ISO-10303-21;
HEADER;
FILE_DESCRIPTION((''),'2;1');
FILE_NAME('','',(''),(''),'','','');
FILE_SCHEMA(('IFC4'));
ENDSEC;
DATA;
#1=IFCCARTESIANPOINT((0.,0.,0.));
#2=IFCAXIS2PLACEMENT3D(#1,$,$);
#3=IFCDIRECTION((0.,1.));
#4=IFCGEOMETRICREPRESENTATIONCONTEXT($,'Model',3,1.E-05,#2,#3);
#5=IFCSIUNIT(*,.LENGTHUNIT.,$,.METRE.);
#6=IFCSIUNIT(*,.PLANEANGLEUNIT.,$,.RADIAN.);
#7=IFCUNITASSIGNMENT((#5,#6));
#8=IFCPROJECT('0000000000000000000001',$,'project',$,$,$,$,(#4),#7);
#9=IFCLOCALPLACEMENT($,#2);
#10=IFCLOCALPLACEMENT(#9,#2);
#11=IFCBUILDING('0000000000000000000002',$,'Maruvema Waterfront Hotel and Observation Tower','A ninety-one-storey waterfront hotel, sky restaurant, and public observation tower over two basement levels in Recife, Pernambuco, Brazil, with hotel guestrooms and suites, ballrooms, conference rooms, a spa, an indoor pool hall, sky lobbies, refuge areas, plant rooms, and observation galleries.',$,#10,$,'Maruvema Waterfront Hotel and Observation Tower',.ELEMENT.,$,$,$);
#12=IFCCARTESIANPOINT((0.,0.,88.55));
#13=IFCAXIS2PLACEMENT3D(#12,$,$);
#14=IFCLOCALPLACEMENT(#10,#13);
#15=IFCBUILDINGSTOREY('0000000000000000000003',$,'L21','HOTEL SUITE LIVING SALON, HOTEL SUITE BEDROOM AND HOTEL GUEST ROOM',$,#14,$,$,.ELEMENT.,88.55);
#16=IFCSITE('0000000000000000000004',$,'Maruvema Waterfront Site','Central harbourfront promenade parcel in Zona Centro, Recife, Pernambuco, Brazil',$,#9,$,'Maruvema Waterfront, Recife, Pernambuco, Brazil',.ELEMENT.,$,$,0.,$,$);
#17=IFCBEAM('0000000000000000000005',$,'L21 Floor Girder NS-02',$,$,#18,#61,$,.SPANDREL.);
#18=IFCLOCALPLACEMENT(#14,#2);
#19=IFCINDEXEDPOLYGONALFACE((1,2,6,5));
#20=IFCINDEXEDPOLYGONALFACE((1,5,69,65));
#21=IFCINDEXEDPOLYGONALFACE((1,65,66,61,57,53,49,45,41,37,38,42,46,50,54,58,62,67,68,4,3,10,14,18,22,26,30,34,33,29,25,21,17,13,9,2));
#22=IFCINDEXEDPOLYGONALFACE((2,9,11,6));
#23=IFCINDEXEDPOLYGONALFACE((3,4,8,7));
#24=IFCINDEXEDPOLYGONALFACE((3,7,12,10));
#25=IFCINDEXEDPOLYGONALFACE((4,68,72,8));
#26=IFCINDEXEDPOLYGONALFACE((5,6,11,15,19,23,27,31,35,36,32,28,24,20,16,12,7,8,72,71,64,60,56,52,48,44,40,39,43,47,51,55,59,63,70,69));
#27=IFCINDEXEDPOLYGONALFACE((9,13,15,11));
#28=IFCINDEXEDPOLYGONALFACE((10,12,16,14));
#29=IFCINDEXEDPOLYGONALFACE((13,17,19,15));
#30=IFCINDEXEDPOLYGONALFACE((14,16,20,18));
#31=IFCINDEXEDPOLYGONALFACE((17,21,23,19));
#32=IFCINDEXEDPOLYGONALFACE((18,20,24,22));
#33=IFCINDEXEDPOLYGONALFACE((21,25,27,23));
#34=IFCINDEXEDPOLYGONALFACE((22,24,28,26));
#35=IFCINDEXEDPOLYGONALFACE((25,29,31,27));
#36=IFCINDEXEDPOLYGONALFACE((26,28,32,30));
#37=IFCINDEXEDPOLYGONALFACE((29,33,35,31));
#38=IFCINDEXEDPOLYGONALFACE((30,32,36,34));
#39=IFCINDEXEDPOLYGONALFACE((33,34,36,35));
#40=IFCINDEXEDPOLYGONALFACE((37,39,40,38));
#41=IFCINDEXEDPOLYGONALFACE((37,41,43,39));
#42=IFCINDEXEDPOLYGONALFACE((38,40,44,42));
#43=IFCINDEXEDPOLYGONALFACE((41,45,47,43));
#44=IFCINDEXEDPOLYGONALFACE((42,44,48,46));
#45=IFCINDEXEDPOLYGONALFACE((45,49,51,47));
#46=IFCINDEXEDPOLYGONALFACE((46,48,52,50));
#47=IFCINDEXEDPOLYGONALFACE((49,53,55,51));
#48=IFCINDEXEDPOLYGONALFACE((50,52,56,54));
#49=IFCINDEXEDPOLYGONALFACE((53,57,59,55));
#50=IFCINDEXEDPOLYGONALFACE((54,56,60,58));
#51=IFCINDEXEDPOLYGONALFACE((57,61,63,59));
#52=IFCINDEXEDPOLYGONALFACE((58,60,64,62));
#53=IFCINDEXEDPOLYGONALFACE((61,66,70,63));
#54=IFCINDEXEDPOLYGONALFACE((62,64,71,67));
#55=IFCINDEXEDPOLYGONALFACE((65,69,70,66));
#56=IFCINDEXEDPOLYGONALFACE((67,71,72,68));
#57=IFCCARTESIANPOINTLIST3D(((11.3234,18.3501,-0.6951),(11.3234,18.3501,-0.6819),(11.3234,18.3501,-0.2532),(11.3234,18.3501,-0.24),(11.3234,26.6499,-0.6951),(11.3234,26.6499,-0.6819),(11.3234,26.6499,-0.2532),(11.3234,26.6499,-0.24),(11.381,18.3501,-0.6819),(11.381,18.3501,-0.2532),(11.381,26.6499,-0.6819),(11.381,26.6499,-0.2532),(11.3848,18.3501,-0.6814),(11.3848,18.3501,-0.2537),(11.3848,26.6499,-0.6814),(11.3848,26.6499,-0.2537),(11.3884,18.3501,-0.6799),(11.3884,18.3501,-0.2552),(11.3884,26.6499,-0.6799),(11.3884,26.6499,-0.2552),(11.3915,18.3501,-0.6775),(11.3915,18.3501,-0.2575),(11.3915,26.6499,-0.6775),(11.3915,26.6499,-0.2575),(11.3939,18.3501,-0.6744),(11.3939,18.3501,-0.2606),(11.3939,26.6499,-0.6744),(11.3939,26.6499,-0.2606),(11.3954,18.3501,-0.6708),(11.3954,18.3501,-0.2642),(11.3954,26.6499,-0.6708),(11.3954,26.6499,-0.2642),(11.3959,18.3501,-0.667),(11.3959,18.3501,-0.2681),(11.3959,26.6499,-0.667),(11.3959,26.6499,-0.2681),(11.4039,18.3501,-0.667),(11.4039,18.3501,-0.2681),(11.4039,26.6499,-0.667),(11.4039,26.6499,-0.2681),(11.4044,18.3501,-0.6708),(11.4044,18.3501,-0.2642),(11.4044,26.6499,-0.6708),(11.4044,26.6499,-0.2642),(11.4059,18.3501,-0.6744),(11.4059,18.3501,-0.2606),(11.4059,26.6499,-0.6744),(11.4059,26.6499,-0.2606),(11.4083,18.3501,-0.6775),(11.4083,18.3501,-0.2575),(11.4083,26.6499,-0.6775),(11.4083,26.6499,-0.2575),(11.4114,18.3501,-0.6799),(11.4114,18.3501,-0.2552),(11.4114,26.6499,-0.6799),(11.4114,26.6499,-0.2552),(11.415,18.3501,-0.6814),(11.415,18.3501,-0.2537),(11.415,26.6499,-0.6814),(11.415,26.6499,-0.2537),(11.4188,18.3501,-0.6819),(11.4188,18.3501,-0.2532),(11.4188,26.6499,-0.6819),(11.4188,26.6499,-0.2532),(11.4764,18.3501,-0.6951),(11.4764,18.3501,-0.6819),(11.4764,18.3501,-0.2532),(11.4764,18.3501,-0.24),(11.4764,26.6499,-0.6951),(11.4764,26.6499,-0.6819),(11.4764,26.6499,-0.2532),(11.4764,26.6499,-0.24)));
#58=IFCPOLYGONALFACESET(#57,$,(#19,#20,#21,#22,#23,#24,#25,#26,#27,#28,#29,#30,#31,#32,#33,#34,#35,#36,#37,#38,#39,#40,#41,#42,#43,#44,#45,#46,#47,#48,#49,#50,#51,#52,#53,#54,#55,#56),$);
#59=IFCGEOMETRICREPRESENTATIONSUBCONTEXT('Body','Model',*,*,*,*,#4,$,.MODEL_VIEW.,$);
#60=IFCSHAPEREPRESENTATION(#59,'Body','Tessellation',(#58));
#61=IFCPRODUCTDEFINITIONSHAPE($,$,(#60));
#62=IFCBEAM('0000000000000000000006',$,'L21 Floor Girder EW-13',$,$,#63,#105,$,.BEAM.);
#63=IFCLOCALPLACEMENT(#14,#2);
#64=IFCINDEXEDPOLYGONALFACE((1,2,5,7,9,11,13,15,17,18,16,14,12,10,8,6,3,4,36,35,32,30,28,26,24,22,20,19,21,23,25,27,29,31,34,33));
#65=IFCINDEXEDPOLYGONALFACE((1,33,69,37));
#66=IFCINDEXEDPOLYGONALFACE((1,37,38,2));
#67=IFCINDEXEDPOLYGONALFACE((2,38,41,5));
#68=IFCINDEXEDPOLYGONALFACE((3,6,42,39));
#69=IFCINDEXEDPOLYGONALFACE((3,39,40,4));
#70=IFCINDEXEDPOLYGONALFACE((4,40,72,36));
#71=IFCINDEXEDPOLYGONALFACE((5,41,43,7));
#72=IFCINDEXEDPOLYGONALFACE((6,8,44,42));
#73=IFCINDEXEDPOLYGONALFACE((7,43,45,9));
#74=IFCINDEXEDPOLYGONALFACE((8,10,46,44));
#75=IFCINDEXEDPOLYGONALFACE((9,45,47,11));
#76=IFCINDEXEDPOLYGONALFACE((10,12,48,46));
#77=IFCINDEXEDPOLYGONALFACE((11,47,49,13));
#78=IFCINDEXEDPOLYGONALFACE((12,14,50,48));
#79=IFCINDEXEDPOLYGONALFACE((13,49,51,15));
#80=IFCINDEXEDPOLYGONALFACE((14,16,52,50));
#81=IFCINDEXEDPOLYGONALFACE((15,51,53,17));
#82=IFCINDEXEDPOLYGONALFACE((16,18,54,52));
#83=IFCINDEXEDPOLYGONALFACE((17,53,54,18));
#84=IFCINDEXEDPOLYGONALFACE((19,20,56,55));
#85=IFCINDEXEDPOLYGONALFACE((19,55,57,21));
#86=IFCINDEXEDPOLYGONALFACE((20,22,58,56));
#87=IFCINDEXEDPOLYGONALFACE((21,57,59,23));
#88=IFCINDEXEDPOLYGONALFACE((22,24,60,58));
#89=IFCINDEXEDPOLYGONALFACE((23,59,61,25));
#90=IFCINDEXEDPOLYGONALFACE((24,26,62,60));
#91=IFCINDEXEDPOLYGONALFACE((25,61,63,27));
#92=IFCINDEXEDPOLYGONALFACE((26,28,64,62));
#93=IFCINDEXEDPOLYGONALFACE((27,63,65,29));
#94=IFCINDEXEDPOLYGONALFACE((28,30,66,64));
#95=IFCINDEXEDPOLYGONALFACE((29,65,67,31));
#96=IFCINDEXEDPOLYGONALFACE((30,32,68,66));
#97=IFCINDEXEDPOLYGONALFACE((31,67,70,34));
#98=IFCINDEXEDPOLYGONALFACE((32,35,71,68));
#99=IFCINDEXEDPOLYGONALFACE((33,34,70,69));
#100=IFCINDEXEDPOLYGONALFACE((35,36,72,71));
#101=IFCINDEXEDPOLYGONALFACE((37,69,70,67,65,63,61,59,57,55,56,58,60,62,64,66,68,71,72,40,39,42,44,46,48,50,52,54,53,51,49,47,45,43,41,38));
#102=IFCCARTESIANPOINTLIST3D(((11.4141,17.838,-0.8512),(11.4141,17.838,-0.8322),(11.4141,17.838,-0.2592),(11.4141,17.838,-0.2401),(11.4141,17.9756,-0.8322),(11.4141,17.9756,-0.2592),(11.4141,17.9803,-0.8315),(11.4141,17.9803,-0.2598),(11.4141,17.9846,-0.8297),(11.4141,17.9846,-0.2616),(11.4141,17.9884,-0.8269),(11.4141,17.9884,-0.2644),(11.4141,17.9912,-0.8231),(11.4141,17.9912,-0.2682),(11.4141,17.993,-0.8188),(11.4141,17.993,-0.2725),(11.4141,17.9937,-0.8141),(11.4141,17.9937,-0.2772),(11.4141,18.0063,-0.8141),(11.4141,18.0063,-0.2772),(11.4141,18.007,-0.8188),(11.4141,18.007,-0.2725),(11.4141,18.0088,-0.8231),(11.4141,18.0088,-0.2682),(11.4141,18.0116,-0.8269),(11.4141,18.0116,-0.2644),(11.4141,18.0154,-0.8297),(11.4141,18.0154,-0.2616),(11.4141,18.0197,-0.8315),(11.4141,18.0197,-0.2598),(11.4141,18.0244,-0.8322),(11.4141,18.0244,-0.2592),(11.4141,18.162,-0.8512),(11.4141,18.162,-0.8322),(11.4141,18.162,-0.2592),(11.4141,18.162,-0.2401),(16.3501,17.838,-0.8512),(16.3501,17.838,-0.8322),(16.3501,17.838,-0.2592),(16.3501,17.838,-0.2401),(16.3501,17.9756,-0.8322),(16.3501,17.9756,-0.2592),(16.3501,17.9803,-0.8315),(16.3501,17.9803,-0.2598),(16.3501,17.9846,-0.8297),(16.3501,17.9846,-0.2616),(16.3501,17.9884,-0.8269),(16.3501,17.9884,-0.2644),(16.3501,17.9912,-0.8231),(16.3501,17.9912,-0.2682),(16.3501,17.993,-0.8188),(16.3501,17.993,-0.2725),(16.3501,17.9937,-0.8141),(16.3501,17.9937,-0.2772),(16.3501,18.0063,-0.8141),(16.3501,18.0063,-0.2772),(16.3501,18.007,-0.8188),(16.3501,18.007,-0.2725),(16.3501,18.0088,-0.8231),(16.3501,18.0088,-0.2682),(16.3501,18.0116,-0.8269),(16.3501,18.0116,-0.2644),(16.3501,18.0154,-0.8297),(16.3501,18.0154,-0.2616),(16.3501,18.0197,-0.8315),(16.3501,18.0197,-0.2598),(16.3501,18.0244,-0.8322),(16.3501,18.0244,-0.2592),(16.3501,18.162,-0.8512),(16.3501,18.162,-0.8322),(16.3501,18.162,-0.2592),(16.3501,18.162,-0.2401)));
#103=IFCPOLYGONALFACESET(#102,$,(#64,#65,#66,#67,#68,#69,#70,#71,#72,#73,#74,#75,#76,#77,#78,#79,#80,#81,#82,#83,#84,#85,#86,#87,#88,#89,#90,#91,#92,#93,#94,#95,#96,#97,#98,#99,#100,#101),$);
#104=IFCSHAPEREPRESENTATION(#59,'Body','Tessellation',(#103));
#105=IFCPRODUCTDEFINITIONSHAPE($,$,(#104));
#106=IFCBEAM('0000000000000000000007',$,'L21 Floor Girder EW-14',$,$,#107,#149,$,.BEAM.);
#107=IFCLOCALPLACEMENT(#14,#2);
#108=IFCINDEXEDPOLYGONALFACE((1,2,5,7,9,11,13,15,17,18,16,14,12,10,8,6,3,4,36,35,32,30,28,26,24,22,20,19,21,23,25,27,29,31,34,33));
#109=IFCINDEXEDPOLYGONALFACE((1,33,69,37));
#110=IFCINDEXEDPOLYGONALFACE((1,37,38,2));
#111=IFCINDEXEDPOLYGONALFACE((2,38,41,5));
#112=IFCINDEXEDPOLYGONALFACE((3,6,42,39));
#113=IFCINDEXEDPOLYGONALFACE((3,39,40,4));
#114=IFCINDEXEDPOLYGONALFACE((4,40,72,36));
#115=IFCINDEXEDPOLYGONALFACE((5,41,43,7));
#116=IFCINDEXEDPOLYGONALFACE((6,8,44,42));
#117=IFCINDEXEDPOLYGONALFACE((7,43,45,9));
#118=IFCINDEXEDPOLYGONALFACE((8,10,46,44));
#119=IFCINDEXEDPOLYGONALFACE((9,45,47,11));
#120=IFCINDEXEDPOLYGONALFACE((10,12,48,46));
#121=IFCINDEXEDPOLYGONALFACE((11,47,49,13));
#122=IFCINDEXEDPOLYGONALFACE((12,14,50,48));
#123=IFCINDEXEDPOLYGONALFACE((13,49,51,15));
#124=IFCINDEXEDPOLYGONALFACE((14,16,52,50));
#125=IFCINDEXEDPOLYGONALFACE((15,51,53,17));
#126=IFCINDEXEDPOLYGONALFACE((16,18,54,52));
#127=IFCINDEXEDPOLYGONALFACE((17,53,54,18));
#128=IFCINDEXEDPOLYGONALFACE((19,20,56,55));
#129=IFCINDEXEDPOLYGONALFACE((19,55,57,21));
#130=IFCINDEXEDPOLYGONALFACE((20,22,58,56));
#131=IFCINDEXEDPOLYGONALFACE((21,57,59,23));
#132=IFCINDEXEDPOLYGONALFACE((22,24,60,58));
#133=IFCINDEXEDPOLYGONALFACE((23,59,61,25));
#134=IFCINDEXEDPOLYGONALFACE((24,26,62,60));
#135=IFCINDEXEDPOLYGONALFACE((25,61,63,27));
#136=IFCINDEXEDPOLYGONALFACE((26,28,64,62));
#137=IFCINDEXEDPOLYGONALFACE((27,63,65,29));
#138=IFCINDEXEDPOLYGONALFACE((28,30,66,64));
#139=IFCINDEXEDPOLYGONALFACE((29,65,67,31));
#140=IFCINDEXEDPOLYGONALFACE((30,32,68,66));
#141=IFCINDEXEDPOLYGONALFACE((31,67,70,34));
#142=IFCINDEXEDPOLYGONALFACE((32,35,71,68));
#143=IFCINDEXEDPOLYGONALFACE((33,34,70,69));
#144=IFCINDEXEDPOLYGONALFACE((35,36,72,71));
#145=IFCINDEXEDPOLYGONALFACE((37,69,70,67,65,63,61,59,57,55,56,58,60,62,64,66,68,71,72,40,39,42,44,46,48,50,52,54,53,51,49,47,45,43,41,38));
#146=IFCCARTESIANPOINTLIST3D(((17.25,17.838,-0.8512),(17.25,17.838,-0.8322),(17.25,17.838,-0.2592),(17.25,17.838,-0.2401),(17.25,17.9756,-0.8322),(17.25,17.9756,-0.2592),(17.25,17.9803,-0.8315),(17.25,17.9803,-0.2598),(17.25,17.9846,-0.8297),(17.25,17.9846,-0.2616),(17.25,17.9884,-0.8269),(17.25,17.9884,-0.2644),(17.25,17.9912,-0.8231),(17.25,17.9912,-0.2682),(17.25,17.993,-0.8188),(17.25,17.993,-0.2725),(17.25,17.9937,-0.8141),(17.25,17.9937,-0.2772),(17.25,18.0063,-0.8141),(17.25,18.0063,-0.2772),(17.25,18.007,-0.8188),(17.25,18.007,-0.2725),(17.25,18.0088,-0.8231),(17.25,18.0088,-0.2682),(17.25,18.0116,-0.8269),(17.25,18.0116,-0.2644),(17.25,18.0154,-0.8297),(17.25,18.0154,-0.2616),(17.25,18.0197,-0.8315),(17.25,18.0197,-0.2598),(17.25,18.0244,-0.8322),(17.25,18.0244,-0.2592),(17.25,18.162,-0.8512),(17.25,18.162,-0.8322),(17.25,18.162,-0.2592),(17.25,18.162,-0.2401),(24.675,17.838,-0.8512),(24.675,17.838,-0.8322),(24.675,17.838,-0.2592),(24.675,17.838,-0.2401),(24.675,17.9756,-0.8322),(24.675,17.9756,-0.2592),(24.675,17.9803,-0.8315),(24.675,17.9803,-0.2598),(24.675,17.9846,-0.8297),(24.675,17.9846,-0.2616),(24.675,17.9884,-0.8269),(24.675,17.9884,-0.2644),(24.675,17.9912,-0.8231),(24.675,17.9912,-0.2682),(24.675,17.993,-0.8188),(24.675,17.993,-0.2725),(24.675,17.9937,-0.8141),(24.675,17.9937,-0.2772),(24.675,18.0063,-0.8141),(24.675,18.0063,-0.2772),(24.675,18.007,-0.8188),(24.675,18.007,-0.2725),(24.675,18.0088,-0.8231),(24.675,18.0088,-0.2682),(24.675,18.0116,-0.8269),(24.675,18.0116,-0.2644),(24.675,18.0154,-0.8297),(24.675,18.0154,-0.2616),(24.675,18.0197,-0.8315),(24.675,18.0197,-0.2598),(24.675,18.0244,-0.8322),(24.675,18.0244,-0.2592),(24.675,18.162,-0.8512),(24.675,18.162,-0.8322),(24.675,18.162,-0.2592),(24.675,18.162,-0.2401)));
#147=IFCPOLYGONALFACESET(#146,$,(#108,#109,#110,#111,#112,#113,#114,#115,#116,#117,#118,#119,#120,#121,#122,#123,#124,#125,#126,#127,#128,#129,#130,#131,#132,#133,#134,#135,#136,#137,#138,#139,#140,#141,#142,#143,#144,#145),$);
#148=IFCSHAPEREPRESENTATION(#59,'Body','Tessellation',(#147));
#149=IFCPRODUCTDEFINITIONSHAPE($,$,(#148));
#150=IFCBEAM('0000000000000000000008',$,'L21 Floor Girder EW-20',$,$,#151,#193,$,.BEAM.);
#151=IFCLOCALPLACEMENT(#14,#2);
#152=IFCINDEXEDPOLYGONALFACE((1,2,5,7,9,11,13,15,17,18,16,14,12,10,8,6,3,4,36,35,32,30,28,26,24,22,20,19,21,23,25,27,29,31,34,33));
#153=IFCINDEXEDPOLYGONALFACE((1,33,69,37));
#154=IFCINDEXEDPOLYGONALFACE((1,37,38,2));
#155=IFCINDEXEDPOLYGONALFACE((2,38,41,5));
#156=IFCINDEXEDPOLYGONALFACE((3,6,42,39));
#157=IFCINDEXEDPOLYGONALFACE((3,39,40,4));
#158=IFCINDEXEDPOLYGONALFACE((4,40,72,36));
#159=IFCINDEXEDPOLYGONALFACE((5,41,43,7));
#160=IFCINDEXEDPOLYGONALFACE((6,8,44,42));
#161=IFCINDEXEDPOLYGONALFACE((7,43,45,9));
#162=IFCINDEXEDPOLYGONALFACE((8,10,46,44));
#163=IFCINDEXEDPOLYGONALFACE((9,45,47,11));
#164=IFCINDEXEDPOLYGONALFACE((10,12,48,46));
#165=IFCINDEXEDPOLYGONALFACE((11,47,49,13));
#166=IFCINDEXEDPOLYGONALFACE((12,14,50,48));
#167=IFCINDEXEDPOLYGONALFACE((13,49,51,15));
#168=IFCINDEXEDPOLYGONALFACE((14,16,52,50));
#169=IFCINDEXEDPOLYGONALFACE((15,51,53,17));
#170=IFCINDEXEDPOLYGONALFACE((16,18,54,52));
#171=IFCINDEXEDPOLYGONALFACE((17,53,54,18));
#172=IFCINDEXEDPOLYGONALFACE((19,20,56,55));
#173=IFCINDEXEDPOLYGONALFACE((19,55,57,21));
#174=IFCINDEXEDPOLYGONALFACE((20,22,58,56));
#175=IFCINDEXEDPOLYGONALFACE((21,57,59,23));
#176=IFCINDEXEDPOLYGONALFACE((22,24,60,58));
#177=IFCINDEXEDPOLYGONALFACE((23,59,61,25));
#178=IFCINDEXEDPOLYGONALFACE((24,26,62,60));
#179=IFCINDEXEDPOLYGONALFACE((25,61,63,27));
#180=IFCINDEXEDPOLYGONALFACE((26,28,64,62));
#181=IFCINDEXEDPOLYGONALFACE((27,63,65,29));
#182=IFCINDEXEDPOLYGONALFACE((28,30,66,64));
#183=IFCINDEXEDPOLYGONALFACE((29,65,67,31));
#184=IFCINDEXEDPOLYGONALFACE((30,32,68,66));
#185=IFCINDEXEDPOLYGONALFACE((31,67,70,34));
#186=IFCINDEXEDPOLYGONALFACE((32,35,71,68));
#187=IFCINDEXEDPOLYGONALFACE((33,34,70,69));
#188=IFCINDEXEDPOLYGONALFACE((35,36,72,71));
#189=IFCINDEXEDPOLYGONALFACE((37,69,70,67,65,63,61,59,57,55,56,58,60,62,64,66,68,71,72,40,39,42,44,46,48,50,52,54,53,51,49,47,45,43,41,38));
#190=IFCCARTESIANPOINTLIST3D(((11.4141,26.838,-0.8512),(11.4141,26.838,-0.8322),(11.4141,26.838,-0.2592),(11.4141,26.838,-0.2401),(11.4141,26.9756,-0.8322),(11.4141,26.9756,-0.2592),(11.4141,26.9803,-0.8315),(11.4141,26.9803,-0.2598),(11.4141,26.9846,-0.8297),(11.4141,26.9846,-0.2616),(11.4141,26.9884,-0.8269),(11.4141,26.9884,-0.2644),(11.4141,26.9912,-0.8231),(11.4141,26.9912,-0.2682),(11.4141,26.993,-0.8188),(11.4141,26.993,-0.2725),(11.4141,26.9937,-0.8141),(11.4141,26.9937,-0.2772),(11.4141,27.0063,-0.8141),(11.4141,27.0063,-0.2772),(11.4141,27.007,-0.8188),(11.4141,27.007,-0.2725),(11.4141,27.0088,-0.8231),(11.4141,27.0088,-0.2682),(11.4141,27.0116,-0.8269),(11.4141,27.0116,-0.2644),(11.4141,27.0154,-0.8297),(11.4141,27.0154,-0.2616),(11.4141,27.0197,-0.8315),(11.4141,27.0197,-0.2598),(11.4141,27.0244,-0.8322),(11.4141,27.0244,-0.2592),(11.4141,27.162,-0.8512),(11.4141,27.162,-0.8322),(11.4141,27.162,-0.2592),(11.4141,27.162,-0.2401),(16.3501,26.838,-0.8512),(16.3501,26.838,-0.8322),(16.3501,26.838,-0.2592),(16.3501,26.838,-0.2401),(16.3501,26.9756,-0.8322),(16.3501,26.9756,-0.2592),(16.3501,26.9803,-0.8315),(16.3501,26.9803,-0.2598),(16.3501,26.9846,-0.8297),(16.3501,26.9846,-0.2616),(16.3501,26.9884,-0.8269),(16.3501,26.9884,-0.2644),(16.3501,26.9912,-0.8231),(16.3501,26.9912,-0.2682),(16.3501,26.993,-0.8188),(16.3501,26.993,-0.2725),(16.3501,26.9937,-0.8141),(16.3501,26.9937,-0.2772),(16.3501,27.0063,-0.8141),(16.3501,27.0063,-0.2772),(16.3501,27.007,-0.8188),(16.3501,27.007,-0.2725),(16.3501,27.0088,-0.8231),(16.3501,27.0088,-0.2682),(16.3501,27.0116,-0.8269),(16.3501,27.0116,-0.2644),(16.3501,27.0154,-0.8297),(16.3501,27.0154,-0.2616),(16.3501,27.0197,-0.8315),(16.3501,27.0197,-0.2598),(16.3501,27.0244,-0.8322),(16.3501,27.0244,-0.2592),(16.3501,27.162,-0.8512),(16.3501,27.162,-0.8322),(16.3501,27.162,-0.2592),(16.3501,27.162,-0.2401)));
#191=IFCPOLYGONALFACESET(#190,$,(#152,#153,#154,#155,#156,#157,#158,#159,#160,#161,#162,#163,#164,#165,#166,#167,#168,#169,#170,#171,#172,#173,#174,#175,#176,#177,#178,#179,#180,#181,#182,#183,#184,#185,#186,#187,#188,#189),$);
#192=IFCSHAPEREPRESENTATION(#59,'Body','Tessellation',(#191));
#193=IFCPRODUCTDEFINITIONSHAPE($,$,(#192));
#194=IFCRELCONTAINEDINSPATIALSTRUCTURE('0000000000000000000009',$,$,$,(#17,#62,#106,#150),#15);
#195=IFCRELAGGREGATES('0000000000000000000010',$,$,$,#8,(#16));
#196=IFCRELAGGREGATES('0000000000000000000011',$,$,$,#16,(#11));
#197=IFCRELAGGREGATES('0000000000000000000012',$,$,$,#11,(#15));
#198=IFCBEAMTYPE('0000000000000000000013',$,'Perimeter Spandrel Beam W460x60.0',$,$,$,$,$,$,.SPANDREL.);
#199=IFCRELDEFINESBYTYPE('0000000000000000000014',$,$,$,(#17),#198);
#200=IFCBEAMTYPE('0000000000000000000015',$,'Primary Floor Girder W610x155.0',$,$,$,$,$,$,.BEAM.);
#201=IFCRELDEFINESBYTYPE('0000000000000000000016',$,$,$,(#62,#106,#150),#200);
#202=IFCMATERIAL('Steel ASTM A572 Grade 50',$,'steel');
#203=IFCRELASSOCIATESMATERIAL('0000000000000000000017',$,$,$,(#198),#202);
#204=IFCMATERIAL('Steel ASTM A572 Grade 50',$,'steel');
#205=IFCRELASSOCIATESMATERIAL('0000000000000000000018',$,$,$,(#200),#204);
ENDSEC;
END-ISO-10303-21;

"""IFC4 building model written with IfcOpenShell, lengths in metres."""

from ifc_helpers import new_model, si_unit, direction, frame, origin, origin_2d, place, context, subcontext, project, spatial, i_section, extrude, material, material_profile, profile_set, type_object, element, save


model = new_model("IFC4")

# Units and contexts
model_context = context("Model", 3, precision=1e-05, world=origin(), true_north=direction((0.0, 1.0)))
body_context = subcontext(model_context, "Body", "Model", "MODEL_VIEW")
ifc_project = project(units=[si_unit("LENGTHUNIT", "METRE"), si_unit("PLANEANGLEUNIT", "RADIAN")], contexts=[model_context])

# Site, building, storey
site_placement = place(None, origin())
site = spatial("IfcSite", under=ifc_project, at=site_placement, Name="Maruvema Waterfront Site", Description="Central harbourfront promenade parcel in Zona Centro, Recife, Pernambuco, Brazil", LongName="Maruvema Waterfront, Recife, Pernambuco, Brazil", CompositionType="ELEMENT", RefElevation=0.0)
building_placement = place(site_placement, origin())
building = spatial("IfcBuilding", under=site, at=building_placement, Name="Maruvema Waterfront Hotel and Observation Tower", Description="A ninety-one-storey waterfront hotel, sky restaurant, and public observation tower over two basement levels in Recife, Pernambuco, Brazil, with hotel guestrooms and suites, ballrooms, conference rooms, a spa, an indoor pool hall, sky lobbies, refuge areas, plant rooms, and observation galleries.", LongName="Maruvema Waterfront Hotel and Observation Tower", CompositionType="ELEMENT")
storey_placement = place(building_placement, frame((0.0, 0.0, 88.55)))
storey = spatial("IfcBuildingStorey", under=building, at=storey_placement, Name="L21", Description="HOTEL SUITE LIVING SALON, HOTEL SUITE BEDROOM AND HOTEL GUEST ROOM", CompositionType="ELEMENT", Elevation=88.55)

# Beams
ifc_material_1 = material(Name="Steel ASTM A572 Grade 50", Category="steel")
ifc_material_profile_1 = material_profile(ifc_material_1, i_section(OverallWidth=0.1531, OverallDepth=0.4551, WebThickness=0.0081, FlangeThickness=0.0132, FilletRadius=0.0149, at=origin_2d()), Name="W460x60.0")
ifc_profile_set_1 = profile_set([ifc_material_profile_1], Name="Steel ASTM A572 Grade 50")
beam_type_1 = type_object("IfcBeamType", Name="Perimeter Spandrel Beam W460x60.0", PredefinedType="SPANDREL", material=ifc_profile_set_1)
beam_1_placement = place(storey_placement, frame((11.3999, 18.3501, -0.4675), z_axis=(0.0, 1.0, 0.0), x_axis=(-1.0, 0.0, 0.0)))
element("IfcBeam", 1, at=beam_1_placement, inside=storey, type_object=beam_type_1, Name="L21 Floor Girder NS-02", PredefinedType="SPANDREL", context=body_context, shape_type="SweptSolid", body=[
    extrude(i_section(OverallWidth=0.1531, OverallDepth=0.4551, WebThickness=0.0081, FlangeThickness=0.0132, FilletRadius=0.0149, at=origin_2d()), origin(), (0.0, 0.0, 1.0), 8.2998),
])
ifc_material_2 = material(Name="Steel ASTM A572 Grade 50", Category="steel")
ifc_material_profile_2 = material_profile(ifc_material_2, i_section(OverallWidth=0.324, OverallDepth=0.6111, WebThickness=0.0127, FlangeThickness=0.019, FilletRadius=0.0181, at=origin_2d()), Name="W610x155.0")
ifc_profile_set_2 = profile_set([ifc_material_profile_2], Name="Steel ASTM A572 Grade 50")
beam_type_2 = type_object("IfcBeamType", Name="Primary Floor Girder W610x155.0", PredefinedType="BEAM", material=ifc_profile_set_2)
beam_2_placement = place(storey_placement, frame((11.4141, 18.0, -0.5457), z_axis=(1.0, 0.0, 0.0), x_axis=(0.0, 1.0, 0.0)))
element("IfcBeam", 2, at=beam_2_placement, inside=storey, type_object=beam_type_2, Name="L21 Floor Girder EW-13", PredefinedType="BEAM", context=body_context, shape_type="SweptSolid", body=[
    extrude(i_section(OverallWidth=0.324, OverallDepth=0.6111, WebThickness=0.0127, FlangeThickness=0.019, FilletRadius=0.0181, at=origin_2d()), origin(), (0.0, 0.0, 1.0), 4.936),
])
beam_3_placement = place(storey_placement, frame((17.25, 18.0, -0.5457), z_axis=(1.0, 0.0, 0.0), x_axis=(0.0, 1.0, 0.0)))
element("IfcBeam", 3, at=beam_3_placement, inside=storey, type_object=beam_type_2, Name="L21 Floor Girder EW-14", PredefinedType="BEAM", context=body_context, shape_type="SweptSolid", body=[
    extrude(i_section(OverallWidth=0.324, OverallDepth=0.6111, WebThickness=0.0127, FlangeThickness=0.019, FilletRadius=0.0181, at=origin_2d()), origin(), (0.0, 0.0, 1.0), 7.425),
])
beam_4_placement = place(storey_placement, frame((11.4141, 27.0, -0.5457), z_axis=(1.0, 0.0, 0.0), x_axis=(0.0, 1.0, 0.0)))
element("IfcBeam", 4, at=beam_4_placement, inside=storey, type_object=beam_type_2, Name="L21 Floor Girder EW-20", PredefinedType="BEAM", context=body_context, shape_type="SweptSolid", body=[
    extrude(i_section(OverallWidth=0.324, OverallDepth=0.6111, WebThickness=0.0127, FlangeThickness=0.019, FilletRadius=0.0181, at=origin_2d()), origin(), (0.0, 0.0, 1.0), 4.936),
])

save(model, "model.ifc")
